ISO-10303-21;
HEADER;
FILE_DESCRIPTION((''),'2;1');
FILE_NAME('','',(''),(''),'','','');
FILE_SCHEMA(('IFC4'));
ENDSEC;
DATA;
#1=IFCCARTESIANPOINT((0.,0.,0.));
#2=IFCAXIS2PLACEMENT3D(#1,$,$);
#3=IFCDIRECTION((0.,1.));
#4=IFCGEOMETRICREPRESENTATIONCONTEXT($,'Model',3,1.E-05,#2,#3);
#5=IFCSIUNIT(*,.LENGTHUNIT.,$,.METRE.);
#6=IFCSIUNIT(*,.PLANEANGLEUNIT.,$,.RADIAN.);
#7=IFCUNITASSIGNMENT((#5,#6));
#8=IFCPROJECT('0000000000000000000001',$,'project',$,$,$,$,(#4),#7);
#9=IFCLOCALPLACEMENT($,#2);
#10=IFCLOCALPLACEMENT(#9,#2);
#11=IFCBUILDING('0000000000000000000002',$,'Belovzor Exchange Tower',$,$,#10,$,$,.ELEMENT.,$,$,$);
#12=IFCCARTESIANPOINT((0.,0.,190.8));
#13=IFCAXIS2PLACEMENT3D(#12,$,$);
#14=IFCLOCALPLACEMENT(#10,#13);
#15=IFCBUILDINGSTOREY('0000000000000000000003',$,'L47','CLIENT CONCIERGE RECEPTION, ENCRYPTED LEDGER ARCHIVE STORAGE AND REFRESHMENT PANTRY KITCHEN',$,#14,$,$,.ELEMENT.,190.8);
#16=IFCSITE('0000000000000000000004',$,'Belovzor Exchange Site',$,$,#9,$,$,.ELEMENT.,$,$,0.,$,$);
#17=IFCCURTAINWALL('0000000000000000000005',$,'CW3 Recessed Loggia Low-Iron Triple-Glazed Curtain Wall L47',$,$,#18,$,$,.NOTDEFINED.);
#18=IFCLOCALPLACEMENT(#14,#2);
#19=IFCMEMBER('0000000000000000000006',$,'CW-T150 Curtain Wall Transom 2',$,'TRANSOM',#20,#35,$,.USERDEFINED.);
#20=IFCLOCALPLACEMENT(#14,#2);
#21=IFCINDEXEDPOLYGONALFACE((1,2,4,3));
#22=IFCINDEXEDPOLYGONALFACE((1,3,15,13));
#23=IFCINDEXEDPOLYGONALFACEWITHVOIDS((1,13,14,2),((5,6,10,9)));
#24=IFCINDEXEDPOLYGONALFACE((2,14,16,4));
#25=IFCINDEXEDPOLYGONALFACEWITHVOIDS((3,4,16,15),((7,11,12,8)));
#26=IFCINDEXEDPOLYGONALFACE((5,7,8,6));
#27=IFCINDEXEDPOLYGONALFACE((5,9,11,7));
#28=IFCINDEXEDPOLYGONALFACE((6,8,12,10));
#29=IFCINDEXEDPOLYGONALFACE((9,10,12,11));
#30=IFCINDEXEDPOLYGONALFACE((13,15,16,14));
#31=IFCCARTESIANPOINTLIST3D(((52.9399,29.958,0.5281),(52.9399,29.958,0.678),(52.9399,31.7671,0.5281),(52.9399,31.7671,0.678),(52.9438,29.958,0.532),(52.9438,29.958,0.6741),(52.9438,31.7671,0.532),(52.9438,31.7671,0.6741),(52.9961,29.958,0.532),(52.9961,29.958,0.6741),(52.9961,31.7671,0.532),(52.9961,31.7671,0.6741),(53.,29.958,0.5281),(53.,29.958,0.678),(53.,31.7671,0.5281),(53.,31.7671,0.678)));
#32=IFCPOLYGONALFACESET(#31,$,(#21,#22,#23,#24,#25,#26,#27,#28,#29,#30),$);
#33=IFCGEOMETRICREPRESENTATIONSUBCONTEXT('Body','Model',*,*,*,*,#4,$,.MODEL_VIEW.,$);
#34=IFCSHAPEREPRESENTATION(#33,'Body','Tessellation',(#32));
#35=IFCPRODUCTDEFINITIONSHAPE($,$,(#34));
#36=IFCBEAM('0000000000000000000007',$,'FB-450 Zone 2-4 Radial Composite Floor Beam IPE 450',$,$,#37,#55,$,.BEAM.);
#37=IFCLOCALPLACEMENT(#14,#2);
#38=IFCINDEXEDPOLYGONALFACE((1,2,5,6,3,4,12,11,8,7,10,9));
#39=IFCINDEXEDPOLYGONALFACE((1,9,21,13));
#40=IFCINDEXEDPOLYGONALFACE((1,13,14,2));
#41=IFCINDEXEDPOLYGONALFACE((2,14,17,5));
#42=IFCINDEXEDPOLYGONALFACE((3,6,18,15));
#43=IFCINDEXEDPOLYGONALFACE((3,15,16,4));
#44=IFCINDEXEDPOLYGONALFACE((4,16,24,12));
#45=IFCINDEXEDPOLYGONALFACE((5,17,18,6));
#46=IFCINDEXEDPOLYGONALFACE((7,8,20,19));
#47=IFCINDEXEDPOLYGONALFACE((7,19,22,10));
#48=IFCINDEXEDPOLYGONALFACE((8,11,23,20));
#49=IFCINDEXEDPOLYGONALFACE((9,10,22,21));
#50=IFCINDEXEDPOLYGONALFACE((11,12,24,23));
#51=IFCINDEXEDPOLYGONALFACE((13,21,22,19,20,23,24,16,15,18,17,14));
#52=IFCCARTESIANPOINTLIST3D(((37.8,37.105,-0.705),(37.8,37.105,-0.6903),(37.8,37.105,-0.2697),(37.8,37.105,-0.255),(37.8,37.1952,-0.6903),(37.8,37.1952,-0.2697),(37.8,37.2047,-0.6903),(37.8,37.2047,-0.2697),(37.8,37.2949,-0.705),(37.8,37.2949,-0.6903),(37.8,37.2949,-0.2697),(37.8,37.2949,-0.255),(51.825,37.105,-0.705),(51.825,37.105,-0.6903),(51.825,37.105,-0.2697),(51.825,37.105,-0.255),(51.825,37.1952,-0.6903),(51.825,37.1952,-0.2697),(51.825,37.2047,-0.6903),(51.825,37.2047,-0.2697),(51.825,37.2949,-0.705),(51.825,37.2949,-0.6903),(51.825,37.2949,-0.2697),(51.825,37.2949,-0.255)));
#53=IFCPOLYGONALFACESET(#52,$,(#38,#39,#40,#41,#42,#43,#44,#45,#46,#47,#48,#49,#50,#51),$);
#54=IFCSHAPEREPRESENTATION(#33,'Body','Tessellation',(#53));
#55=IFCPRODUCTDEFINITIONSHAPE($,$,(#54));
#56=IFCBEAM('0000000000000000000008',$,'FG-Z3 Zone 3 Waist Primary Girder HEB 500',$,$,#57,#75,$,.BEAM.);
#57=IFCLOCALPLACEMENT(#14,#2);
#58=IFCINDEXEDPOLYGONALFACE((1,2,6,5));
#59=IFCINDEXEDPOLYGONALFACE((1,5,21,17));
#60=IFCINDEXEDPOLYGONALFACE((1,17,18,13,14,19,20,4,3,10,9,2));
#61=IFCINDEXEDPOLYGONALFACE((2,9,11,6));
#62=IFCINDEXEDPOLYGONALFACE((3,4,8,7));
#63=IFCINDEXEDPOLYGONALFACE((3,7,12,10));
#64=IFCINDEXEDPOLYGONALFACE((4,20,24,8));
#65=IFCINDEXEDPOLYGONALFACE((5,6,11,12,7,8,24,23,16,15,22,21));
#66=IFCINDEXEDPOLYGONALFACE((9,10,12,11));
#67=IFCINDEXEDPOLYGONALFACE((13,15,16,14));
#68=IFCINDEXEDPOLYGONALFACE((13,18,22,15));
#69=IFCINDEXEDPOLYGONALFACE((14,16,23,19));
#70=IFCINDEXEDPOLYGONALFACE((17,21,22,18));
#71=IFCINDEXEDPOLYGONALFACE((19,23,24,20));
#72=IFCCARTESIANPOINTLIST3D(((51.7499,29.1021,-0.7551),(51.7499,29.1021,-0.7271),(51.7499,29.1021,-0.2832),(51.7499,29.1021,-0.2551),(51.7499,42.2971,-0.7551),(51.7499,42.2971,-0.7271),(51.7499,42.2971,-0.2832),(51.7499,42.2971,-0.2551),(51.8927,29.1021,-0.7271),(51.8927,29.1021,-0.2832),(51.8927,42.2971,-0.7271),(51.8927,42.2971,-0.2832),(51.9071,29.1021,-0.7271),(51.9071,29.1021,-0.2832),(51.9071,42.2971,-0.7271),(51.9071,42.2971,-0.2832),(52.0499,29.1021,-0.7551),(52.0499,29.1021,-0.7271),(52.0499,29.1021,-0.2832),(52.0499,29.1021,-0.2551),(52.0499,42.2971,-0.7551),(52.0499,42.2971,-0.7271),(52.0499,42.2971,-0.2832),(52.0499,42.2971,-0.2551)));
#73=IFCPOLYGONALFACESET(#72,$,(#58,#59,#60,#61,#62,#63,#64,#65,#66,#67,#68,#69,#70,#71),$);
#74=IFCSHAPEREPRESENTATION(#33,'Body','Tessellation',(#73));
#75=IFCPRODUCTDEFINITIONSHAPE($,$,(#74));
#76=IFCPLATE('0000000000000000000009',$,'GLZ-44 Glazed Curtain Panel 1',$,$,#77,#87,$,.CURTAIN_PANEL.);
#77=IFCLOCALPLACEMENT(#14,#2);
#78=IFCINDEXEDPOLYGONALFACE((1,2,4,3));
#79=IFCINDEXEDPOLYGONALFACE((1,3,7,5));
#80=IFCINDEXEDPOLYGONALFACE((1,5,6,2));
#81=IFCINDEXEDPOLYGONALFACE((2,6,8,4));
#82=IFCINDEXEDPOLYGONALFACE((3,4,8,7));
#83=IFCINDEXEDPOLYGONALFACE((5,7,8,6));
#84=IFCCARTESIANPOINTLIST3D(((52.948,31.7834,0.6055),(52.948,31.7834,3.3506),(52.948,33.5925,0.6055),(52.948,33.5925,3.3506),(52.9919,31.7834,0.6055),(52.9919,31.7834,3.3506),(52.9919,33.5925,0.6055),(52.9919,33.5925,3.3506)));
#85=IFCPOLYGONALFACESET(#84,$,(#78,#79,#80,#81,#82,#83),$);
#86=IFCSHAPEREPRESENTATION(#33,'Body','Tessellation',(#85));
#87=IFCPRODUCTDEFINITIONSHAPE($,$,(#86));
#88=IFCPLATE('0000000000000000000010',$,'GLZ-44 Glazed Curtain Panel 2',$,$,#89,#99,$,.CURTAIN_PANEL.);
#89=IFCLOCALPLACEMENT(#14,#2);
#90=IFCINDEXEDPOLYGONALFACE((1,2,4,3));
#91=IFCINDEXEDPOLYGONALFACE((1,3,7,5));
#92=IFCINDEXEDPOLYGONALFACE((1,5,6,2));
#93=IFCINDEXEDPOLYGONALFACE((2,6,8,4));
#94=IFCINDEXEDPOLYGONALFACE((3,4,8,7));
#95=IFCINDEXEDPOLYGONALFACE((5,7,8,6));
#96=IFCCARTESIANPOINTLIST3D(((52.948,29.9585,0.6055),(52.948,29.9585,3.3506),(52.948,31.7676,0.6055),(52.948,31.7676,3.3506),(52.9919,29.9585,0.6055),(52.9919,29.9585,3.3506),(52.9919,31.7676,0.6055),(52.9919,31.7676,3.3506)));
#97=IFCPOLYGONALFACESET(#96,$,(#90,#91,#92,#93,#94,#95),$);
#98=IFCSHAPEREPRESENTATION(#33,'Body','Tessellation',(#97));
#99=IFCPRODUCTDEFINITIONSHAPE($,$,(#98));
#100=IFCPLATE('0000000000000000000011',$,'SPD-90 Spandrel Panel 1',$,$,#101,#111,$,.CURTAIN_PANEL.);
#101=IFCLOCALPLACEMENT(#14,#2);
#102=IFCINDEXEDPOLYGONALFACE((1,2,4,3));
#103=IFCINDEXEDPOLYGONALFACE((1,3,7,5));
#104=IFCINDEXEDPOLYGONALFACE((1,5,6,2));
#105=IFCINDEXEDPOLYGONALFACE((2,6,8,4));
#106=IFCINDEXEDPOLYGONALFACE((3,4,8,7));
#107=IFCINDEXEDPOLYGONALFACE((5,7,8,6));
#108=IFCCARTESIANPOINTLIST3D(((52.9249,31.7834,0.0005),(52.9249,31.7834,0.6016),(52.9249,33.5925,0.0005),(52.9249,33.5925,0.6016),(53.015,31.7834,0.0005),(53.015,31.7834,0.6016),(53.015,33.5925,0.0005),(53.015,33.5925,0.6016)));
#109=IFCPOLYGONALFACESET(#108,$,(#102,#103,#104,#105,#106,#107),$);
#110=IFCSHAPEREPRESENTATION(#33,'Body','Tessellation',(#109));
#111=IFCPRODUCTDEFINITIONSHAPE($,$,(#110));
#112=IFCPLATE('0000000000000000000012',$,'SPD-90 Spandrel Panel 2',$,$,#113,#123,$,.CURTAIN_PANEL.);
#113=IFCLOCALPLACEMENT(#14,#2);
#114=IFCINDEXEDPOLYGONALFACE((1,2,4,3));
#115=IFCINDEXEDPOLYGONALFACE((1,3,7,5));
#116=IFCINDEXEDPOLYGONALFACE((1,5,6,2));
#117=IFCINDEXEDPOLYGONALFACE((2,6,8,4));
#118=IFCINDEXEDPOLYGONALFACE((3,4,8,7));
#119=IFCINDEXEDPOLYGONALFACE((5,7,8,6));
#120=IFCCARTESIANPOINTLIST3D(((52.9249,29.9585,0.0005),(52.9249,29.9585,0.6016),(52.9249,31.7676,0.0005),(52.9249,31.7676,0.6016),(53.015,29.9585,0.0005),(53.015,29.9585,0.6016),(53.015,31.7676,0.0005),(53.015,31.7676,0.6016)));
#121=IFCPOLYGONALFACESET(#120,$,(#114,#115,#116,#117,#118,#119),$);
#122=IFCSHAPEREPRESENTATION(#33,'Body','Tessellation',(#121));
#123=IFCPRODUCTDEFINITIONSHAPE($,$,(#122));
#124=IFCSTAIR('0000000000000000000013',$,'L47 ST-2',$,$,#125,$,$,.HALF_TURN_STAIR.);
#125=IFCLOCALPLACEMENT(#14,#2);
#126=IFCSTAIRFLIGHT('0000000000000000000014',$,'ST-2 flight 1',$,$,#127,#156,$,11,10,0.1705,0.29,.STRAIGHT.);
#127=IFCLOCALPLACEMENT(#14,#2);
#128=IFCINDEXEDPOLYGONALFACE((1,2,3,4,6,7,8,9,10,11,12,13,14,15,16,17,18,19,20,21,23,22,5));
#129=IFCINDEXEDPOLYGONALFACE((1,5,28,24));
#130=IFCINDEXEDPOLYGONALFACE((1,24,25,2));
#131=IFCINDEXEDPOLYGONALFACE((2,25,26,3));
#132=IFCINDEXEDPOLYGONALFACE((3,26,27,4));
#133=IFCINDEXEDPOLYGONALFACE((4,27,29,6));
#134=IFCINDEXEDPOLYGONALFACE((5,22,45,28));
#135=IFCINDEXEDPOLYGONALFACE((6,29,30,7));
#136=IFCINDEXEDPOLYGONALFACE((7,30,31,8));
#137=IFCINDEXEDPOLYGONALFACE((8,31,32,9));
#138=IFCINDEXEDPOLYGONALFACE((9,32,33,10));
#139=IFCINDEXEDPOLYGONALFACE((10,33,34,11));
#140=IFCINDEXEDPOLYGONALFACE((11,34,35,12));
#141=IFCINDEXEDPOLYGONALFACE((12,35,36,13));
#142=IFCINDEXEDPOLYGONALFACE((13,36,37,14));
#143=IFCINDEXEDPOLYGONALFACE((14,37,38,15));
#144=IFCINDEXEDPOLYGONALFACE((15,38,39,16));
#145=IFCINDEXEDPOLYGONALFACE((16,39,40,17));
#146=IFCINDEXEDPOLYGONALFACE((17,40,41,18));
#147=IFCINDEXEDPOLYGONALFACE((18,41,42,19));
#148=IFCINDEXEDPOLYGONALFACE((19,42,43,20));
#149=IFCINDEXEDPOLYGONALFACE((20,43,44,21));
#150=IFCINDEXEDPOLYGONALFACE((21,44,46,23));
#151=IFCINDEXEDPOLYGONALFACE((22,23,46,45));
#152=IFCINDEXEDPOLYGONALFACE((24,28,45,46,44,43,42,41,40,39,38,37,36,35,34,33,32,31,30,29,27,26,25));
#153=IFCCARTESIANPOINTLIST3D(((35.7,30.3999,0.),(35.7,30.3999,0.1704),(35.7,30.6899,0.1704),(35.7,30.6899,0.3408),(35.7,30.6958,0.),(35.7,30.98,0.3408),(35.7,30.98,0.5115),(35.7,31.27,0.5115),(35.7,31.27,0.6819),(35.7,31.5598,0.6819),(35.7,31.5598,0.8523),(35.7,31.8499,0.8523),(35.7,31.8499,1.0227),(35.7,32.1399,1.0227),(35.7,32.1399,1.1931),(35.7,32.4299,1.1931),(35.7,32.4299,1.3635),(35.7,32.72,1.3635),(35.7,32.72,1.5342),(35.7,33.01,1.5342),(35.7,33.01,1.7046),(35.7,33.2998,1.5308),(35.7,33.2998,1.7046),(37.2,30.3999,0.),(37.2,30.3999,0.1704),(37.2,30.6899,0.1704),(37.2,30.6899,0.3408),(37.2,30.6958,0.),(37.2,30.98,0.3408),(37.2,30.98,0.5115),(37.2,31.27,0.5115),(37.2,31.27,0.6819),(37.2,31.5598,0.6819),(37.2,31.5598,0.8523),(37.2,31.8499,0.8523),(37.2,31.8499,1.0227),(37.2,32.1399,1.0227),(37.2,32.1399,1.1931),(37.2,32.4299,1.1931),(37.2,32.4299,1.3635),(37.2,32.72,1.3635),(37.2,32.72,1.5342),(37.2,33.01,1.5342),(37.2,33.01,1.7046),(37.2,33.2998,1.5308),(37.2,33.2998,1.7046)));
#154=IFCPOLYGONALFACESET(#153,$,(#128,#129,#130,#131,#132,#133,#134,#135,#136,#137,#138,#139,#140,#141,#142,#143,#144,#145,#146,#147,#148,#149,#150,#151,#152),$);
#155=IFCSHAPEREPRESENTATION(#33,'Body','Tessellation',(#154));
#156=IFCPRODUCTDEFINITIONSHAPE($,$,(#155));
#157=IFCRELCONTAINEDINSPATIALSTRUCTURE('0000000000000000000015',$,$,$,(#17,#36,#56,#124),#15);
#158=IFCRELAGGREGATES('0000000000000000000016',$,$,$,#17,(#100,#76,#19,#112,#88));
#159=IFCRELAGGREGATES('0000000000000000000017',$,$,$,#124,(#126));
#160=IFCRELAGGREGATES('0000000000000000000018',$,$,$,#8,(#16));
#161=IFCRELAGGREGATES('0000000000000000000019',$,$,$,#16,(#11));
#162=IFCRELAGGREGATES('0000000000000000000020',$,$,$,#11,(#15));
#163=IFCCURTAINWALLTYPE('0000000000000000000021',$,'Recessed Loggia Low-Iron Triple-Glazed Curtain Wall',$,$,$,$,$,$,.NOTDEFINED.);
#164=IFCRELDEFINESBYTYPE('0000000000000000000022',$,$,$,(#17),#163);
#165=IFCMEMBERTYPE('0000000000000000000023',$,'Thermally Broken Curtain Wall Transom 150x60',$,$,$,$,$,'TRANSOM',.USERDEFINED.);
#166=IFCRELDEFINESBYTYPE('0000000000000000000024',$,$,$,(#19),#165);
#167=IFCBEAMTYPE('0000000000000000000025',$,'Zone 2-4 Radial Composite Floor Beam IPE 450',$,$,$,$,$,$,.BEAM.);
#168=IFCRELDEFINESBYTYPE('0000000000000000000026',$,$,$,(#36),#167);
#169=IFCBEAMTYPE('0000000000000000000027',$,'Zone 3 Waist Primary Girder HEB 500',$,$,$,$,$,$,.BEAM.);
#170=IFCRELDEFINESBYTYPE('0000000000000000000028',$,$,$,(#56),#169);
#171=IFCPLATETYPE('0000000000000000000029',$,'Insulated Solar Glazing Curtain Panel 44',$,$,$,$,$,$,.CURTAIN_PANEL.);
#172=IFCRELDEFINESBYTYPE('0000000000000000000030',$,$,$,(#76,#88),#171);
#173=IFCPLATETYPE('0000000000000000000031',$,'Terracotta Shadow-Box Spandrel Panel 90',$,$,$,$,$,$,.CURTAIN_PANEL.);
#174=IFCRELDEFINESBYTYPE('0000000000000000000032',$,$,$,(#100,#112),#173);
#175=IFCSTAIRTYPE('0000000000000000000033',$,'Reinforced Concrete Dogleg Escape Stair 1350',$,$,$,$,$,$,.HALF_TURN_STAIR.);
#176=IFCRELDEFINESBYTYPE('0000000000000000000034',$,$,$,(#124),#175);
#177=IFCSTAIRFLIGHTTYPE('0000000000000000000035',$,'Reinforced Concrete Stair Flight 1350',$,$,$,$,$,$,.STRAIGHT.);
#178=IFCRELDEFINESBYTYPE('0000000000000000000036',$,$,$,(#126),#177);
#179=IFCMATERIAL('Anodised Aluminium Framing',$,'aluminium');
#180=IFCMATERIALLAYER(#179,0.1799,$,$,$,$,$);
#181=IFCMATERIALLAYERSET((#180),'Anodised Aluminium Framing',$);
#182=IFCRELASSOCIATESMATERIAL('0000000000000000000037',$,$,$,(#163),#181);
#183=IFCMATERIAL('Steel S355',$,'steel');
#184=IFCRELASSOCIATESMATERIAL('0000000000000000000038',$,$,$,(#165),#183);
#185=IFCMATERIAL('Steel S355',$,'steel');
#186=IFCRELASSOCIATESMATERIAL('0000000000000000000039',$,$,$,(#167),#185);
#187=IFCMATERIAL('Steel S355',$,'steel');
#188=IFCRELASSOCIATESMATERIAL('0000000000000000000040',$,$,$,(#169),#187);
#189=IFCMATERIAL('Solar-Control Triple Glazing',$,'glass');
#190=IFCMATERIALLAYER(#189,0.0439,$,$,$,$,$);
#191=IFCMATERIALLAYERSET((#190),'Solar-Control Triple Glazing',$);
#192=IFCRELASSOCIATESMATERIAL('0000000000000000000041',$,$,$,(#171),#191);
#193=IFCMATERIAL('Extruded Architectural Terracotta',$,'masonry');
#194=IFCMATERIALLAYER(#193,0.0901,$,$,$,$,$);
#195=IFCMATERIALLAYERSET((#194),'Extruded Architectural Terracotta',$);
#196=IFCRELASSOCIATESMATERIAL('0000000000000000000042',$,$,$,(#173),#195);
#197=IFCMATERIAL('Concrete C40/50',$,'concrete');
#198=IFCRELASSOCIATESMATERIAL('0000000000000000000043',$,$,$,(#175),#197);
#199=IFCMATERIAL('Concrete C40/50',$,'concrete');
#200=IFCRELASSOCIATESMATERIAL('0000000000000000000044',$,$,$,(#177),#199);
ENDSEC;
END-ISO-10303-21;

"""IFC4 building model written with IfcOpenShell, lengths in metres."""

from ifc_helpers import new_model, si_unit, direction, frame, origin, origin_2d, place, context, subcontext, project, spatial, polyline, rectangle, hollow_rectangle, i_section, outline, extrude, material, layer, layer_set, material_profile, profile_set, type_object, element, aggregate, save


model = new_model("IFC4")

# Units and contexts
model_context = context("Model", 3, precision=1e-05, world=origin(), true_north=direction((0.0, 1.0)))
body_context = subcontext(model_context, "Body", "Model", "MODEL_VIEW")
ifc_project = project(units=[si_unit("LENGTHUNIT", "METRE"), si_unit("PLANEANGLEUNIT", "RADIAN")], contexts=[model_context])

# Site, building, storey
site_placement = place(None, origin())
site = spatial("IfcSite", under=ifc_project, at=site_placement, Name="Belovzor Exchange Site", CompositionType="ELEMENT", RefElevation=0.0)
building_placement = place(site_placement, origin())
building = spatial("IfcBuilding", under=site, at=building_placement, Name="Belovzor Exchange Tower", CompositionType="ELEMENT")
storey_placement = place(building_placement, frame((0.0, 0.0, 190.8)))
storey = spatial("IfcBuildingStorey", under=building, at=storey_placement, Name="L47", Description="CLIENT CONCIERGE RECEPTION, ENCRYPTED LEDGER ARCHIVE STORAGE AND REFRESHMENT PANTRY KITCHEN", CompositionType="ELEMENT", Elevation=190.8)

# Curtain wall, member
ifc_material_1 = material(Name="Anodised Aluminium Framing", Category="aluminium")
ifc_layer_1 = layer(ifc_material_1, 0.1799)
ifc_layer_set_1 = layer_set([ifc_layer_1], Name="Anodised Aluminium Framing")
curtain_wall_type = type_object("IfcCurtainWallType", Name="Recessed Loggia Low-Iron Triple-Glazed Curtain Wall", PredefinedType="NOTDEFINED", material=ifc_layer_set_1)
curtain_wall_placement = place(storey_placement, origin())
curtain_wall = element("IfcCurtainWall", 1, at=curtain_wall_placement, inside=storey, type_object=curtain_wall_type, Name="CW3 Recessed Loggia Low-Iron Triple-Glazed Curtain Wall L47", PredefinedType="NOTDEFINED")
ifc_material_2 = material(Name="Steel S355", Category="steel")
ifc_material_profile_1 = material_profile(ifc_material_2, hollow_rectangle(XDim=0.0601, YDim=0.1499, WallThickness=0.0039, at=origin_2d()))
ifc_profile_set_1 = profile_set([ifc_material_profile_1], Name="Steel S355")
member_type_1 = type_object("IfcMemberType", Name="Thermally Broken Curtain Wall Transom 150x60", ElementType="TRANSOM", PredefinedType="USERDEFINED", material=ifc_profile_set_1)
member_1_placement = place(storey_placement, frame((52.97, 31.7671, 0.603), z_axis=(0.0, -1.0, 0.0), x_axis=(1.0, 0.0, 0.0)))
member_1 = element("IfcMember", 2, at=member_1_placement, type_object=member_type_1, Name="CW-T150 Curtain Wall Transom 2", ObjectType="TRANSOM", PredefinedType="USERDEFINED", context=body_context, shape_type="SweptSolid", body=[
    extrude(hollow_rectangle(XDim=0.0601, YDim=0.1499, WallThickness=0.0039, at=origin_2d()), origin(), (0.0, 0.0, 1.0), 1.8091),
])

# Beams
ifc_material_3 = material(Name="Steel S355", Category="steel")
ifc_material_profile_2 = material_profile(ifc_material_3, i_section(OverallWidth=0.1899, OverallDepth=0.45, WebThickness=0.0095, FlangeThickness=0.0146, at=origin_2d()))
ifc_profile_set_2 = profile_set([ifc_material_profile_2], Name="Steel S355")
beam_type_1 = type_object("IfcBeamType", Name="Zone 2-4 Radial Composite Floor Beam IPE 450", PredefinedType="BEAM", material=ifc_profile_set_2)
beam_1_placement = place(storey_placement, frame((37.8, 37.2, -0.48), z_axis=(1.0, 0.0, 0.0), x_axis=(0.0, 1.0, 0.0)))
element("IfcBeam", 3, at=beam_1_placement, inside=storey, type_object=beam_type_1, Name="FB-450 Zone 2-4 Radial Composite Floor Beam IPE 450", PredefinedType="BEAM", context=body_context, shape_type="SweptSolid", body=[
    extrude(i_section(OverallWidth=0.1899, OverallDepth=0.45, WebThickness=0.0095, FlangeThickness=0.0146, at=origin_2d()), origin(), (0.0, 0.0, 1.0), 14.0249),
])
ifc_material_4 = material(Name="Steel S355", Category="steel")
ifc_material_profile_3 = material_profile(ifc_material_4, i_section(OverallWidth=0.3, OverallDepth=0.5, WebThickness=0.0144, FlangeThickness=0.0281, at=origin_2d()))
ifc_profile_set_3 = profile_set([ifc_material_profile_3], Name="Steel S355")
beam_type_2 = type_object("IfcBeamType", Name="Zone 3 Waist Primary Girder HEB 500", PredefinedType="BEAM", material=ifc_profile_set_3)
beam_2_placement = place(storey_placement, frame((51.8999, 29.1021, -0.5051), z_axis=(0.0, 1.0, 0.0), x_axis=(-1.0, 0.0, 0.0)))
element("IfcBeam", 4, at=beam_2_placement, inside=storey, type_object=beam_type_2, Name="FG-Z3 Zone 3 Waist Primary Girder HEB 500", PredefinedType="BEAM", context=body_context, shape_type="SweptSolid", body=[
    extrude(i_section(OverallWidth=0.3, OverallDepth=0.5, WebThickness=0.0144, FlangeThickness=0.0281, at=origin_2d()), origin(), (0.0, 0.0, 1.0), 13.1951),
])

# Plates
ifc_material_5 = material(Name="Solar-Control Triple Glazing", Category="glass")
ifc_layer_2 = layer(ifc_material_5, 0.0439)
ifc_layer_set_2 = layer_set([ifc_layer_2], Name="Solar-Control Triple Glazing")
plate_type_1 = type_object("IfcPlateType", Name="Insulated Solar Glazing Curtain Panel 44", PredefinedType="CURTAIN_PANEL", material=ifc_layer_set_2)
plate_1_placement = place(storey_placement, frame((52.97, 32.688, 0.6055), z_axis=(0.0, 0.0, 1.0), x_axis=(0.0, -1.0, 0.0)))
plate_1 = element("IfcPlate", 5, at=plate_1_placement, type_object=plate_type_1, Name="GLZ-44 Glazed Curtain Panel 1", PredefinedType="CURTAIN_PANEL", context=body_context, shape_type="SweptSolid", body=[
    extrude(rectangle(XDim=1.8091, YDim=0.0439, at=origin_2d()), origin(), (0.0, 0.0, 1.0), 2.7451),
])
plate_2_placement = place(storey_placement, frame((52.97, 30.863, 0.6055), z_axis=(0.0, 0.0, 1.0), x_axis=(0.0, -1.0, 0.0)))
plate_2 = element("IfcPlate", 6, at=plate_2_placement, type_object=plate_type_1, Name="GLZ-44 Glazed Curtain Panel 2", PredefinedType="CURTAIN_PANEL", context=body_context, shape_type="SweptSolid", body=[
    extrude(rectangle(XDim=1.8091, YDim=0.0439, at=origin_2d()), origin(), (0.0, 0.0, 1.0), 2.7451),
])
ifc_material_6 = material(Name="Extruded Architectural Terracotta", Category="masonry")
ifc_layer_3 = layer(ifc_material_6, 0.0901)
ifc_layer_set_3 = layer_set([ifc_layer_3], Name="Extruded Architectural Terracotta")
plate_type_2 = type_object("IfcPlateType", Name="Terracotta Shadow-Box Spandrel Panel 90", PredefinedType="CURTAIN_PANEL", material=ifc_layer_set_3)
plate_3_placement = place(storey_placement, frame((52.97, 32.688, 0.0005), z_axis=(0.0, 0.0, 1.0), x_axis=(0.0, -1.0, 0.0)))
plate_3 = element("IfcPlate", 7, at=plate_3_placement, type_object=plate_type_2, Name="SPD-90 Spandrel Panel 1", PredefinedType="CURTAIN_PANEL", context=body_context, shape_type="SweptSolid", body=[
    extrude(rectangle(XDim=1.8091, YDim=0.0901, at=origin_2d()), origin(), (0.0, 0.0, 1.0), 0.6011),
])
plate_4_placement = place(storey_placement, frame((52.97, 30.863, 0.0005), z_axis=(0.0, 0.0, 1.0), x_axis=(0.0, -1.0, 0.0)))
plate_4 = element("IfcPlate", 8, at=plate_4_placement, type_object=plate_type_2, Name="SPD-90 Spandrel Panel 2", PredefinedType="CURTAIN_PANEL", context=body_context, shape_type="SweptSolid", body=[
    extrude(rectangle(XDim=1.8091, YDim=0.0901, at=origin_2d()), origin(), (0.0, 0.0, 1.0), 0.6011),
])
aggregate(curtain_wall, [plate_3, plate_1, member_1, plate_4, plate_2])

# Stair, stair flight
ifc_material_7 = material(Name="Concrete C40/50", Category="concrete")
stair_type = type_object("IfcStairType", Name="Reinforced Concrete Dogleg Escape Stair 1350", PredefinedType="HALF_TURN_STAIR", material=ifc_material_7)
stair_placement = place(storey_placement, origin())
stair = element("IfcStair", 9, at=stair_placement, inside=storey, type_object=stair_type, Name="L47 ST-2", PredefinedType="HALF_TURN_STAIR")
ifc_material_8 = material(Name="Concrete C40/50", Category="concrete")
stair_flight_type = type_object("IfcStairFlightType", Name="Reinforced Concrete Stair Flight 1350", PredefinedType="STRAIGHT", material=ifc_material_8)
stair_flight_placement = place(storey_placement, frame((36.45, 30.3999, 0.0), z_axis=(0.0, 0.0, 1.0), x_axis=(0.0, 1.0, 0.0)))
stair_flight = element("IfcStairFlight", 10, at=stair_flight_placement, type_object=stair_flight_type, Name="ST-2 flight 1", NumberOfRisers=11, NumberOfTreads=10, PredefinedType="STRAIGHT", RiserHeight=0.1705, TreadLength=0.29, context=body_context, shape_type="SweptSolid", body=[
    extrude(outline(polyline([(0.0, 0.0), (0.0, 0.1704), (0.29, 0.1704), (0.29, 0.3408), (0.5801, 0.3408), (0.5801, 0.5115), (0.8701, 0.5115), (0.8701, 0.6819), (1.1599, 0.6819), (1.1599, 0.8523), (1.45, 0.8523), (1.45, 1.0227), (1.74, 1.0227), (1.74, 1.1931), (2.03, 1.1931), (2.03, 1.3635), (2.3201, 1.3635), (2.3201, 1.5342), (2.6101, 1.5342), (2.6101, 1.7046), (2.8999, 1.7046), (2.8999, 1.875), (2.8999, 1.5308), (0.2959, 0.0), (0.0, 0.0)])), frame((0.0, 0.75, 0.0), z_axis=(0.0, -1.0, 0.0), x_axis=(1.0, 0.0, 0.0)), (0.0, 0.0, 1.0), 1.5),
])
aggregate(stair, [stair_flight])

save(model, "model.ifc")
